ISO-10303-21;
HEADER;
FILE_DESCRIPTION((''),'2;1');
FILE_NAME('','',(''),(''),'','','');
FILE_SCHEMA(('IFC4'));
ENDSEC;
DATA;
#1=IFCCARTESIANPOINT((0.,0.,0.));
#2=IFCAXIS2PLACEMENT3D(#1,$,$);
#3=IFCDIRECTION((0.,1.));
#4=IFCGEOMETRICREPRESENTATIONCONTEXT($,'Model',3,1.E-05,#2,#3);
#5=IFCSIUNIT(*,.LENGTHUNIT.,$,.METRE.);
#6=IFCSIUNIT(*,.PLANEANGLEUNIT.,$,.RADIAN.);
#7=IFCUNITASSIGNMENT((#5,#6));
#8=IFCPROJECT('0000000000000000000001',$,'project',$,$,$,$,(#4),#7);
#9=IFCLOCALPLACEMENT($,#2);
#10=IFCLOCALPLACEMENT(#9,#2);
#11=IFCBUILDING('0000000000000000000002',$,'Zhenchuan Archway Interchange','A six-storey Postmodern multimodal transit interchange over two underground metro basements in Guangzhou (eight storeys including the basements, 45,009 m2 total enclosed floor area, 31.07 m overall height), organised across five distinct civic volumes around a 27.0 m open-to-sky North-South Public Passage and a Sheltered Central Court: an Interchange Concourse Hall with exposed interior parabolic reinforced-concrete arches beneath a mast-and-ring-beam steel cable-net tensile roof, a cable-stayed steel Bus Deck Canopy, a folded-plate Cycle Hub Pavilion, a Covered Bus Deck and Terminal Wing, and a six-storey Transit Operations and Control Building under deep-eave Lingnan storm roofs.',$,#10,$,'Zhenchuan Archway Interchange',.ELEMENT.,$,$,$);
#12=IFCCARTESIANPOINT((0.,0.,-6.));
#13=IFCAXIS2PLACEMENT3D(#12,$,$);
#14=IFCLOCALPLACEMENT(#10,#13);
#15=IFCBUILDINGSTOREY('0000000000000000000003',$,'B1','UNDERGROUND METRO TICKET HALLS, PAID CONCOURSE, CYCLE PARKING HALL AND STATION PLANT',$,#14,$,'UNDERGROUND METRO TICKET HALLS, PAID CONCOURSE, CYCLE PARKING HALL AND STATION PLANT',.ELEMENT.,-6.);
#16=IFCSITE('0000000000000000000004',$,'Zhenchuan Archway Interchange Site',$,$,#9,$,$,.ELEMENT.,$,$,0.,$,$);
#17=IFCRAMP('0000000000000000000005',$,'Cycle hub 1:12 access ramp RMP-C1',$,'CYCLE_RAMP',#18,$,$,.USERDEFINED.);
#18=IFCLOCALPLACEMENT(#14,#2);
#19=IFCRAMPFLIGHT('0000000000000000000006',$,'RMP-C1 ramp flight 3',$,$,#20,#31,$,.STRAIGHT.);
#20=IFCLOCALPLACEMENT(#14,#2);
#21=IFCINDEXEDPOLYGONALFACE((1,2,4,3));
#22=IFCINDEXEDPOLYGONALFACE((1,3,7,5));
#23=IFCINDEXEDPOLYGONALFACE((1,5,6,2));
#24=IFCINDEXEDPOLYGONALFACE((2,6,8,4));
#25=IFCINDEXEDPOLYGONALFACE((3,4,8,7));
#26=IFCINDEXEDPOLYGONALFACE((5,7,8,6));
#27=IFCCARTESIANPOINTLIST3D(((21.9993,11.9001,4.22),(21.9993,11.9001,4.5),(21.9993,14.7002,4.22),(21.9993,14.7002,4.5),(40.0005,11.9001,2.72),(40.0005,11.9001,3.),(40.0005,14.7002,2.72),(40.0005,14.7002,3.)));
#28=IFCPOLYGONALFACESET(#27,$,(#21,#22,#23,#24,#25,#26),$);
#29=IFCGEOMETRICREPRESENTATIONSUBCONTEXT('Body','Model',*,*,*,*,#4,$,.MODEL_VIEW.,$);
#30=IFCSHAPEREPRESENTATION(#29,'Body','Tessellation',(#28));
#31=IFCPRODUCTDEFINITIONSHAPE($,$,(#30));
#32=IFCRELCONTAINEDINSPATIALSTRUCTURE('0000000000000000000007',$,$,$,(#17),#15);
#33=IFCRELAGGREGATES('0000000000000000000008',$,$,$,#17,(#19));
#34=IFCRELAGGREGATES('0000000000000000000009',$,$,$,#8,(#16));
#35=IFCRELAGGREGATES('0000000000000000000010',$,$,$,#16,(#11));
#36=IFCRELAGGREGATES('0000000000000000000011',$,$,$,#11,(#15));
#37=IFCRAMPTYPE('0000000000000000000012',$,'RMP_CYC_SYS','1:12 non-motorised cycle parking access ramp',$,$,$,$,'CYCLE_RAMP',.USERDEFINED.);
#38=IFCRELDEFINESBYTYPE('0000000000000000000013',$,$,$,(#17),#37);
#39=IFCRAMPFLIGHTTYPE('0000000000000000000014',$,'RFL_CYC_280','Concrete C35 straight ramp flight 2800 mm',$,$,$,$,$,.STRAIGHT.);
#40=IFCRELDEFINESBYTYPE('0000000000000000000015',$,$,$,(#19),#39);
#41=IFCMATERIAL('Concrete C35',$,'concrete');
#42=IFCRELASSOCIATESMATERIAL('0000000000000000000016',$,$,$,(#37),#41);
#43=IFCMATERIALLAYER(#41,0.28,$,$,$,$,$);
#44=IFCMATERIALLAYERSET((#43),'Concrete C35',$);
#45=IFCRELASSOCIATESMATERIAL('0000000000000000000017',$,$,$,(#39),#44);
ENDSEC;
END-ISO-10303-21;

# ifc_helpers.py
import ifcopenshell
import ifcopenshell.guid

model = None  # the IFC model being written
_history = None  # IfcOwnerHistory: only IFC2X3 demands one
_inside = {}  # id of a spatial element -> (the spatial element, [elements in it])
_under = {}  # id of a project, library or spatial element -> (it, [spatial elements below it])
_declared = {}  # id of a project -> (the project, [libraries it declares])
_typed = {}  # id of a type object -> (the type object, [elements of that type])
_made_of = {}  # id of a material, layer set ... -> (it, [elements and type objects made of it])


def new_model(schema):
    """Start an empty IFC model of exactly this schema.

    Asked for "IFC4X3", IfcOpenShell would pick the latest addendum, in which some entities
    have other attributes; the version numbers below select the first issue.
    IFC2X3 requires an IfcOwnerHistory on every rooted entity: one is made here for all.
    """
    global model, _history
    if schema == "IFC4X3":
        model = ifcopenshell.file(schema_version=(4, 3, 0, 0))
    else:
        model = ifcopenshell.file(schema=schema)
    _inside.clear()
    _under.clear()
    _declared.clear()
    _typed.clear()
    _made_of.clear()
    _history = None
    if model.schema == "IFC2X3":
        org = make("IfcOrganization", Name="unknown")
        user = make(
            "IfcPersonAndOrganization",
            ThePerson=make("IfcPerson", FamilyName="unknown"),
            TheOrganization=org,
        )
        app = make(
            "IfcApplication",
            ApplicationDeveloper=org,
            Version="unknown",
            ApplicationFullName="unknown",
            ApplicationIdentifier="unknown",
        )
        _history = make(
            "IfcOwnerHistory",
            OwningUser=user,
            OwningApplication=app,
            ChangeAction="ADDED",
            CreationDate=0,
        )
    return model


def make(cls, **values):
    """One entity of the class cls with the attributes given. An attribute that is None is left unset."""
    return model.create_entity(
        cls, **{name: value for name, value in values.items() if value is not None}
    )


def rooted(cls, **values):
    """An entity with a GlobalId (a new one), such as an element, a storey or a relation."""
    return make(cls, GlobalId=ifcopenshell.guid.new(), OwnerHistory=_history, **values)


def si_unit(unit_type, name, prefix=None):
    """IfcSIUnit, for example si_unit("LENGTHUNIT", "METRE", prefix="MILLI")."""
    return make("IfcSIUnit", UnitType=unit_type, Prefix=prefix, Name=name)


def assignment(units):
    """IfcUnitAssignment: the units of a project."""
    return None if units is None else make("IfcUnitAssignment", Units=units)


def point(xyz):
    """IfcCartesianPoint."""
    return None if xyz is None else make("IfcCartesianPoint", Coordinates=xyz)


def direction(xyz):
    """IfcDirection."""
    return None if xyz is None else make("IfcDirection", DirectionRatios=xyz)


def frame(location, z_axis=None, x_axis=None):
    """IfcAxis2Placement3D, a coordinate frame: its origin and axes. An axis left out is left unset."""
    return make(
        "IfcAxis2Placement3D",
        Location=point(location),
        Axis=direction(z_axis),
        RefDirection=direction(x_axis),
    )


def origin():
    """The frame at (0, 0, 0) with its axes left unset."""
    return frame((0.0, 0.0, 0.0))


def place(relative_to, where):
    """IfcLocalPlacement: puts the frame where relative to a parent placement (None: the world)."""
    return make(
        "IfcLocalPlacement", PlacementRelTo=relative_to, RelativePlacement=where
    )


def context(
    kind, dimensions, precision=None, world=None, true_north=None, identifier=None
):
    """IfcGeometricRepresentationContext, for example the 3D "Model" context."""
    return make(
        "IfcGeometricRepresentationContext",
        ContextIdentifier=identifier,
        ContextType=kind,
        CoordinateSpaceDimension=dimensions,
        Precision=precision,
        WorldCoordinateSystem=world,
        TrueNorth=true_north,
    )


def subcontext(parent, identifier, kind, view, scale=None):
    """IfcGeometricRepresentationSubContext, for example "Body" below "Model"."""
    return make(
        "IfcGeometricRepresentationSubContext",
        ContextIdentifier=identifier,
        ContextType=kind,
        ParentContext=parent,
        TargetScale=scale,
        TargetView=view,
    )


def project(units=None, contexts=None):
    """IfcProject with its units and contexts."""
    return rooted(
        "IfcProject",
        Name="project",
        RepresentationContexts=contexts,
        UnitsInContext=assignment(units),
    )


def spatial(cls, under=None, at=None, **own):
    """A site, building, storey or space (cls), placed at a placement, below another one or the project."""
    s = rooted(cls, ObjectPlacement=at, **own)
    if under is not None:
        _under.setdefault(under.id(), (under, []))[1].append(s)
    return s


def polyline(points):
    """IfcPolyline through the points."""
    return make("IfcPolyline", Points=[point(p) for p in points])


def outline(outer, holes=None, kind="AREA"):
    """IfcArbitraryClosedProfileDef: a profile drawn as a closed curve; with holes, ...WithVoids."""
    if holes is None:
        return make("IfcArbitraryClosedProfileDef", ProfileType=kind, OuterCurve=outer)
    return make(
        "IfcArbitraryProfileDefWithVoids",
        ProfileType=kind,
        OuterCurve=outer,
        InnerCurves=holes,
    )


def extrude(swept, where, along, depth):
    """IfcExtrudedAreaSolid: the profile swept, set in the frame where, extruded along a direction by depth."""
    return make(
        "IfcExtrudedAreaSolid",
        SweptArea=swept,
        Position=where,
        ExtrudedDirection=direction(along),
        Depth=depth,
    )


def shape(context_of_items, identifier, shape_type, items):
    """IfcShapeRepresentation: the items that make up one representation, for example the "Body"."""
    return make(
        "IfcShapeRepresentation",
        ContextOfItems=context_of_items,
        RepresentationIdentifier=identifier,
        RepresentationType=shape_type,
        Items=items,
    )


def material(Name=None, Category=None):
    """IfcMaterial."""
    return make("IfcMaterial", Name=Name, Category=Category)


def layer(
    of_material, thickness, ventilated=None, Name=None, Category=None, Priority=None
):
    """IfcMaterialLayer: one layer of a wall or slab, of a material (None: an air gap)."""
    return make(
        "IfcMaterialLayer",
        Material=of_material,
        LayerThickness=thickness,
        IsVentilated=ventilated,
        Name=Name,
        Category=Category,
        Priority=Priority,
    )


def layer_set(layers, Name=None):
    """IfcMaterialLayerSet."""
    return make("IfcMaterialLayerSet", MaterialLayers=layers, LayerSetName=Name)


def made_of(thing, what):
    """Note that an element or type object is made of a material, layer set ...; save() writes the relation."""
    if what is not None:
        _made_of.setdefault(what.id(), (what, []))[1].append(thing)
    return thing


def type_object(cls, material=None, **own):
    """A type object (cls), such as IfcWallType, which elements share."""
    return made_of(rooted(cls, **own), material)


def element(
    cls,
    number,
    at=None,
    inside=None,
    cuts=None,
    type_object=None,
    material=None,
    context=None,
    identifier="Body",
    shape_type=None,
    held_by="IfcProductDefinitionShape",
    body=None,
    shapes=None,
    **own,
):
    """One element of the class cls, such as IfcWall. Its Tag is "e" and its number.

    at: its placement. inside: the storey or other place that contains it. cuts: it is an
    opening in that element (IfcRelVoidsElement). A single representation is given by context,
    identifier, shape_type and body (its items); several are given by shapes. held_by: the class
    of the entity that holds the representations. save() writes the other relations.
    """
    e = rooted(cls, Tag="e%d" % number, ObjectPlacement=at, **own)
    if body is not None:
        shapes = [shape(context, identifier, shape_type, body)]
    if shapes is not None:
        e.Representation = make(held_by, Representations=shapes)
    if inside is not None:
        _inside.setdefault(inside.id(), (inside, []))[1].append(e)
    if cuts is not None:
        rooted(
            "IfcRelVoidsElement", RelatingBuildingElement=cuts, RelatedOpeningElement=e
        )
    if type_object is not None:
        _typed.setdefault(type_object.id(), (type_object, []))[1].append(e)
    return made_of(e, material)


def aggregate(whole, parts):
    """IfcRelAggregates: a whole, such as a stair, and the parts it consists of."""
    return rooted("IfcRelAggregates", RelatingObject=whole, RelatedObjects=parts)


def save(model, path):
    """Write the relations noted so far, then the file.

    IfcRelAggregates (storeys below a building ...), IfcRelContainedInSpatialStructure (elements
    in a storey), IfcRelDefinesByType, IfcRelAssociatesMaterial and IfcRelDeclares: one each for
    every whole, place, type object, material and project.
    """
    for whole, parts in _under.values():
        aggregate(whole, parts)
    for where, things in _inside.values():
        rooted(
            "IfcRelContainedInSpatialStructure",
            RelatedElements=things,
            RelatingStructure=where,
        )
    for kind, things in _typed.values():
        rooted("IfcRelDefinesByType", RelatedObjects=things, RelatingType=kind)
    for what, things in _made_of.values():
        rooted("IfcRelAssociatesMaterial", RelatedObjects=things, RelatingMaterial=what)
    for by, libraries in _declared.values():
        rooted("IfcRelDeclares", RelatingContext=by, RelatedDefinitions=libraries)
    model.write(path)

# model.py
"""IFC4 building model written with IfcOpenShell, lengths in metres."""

from ifc_helpers import new_model, si_unit, direction, frame, origin, place, context, subcontext, project, spatial, polyline, outline, extrude, material, layer, layer_set, type_object, element, aggregate, save


model = new_model("IFC4")

# Units and contexts
model_context = context("Model", 3, precision=1e-05, world=origin(), true_north=direction((0.0, 1.0)))
body_context = subcontext(model_context, "Body", "Model", "MODEL_VIEW")
ifc_project = project(units=[si_unit("LENGTHUNIT", "METRE"), si_unit("PLANEANGLEUNIT", "RADIAN")], contexts=[model_context])

# Site, building, storey
site_placement = place(None, origin())
site = spatial("IfcSite", under=ifc_project, at=site_placement, Name="Zhenchuan Archway Interchange Site", CompositionType="ELEMENT", RefElevation=0.0)
building_placement = place(site_placement, origin())
building = spatial("IfcBuilding", under=site, at=building_placement, Name="Zhenchuan Archway Interchange", Description="A six-storey Postmodern multimodal transit interchange over two underground metro basements in Guangzhou (eight storeys including the basements, 45,009 m2 total enclosed floor area, 31.07 m overall height), organised across five distinct civic volumes around a 27.0 m open-to-sky North-South Public Passage and a Sheltered Central Court: an Interchange Concourse Hall with exposed interior parabolic reinforced-concrete arches beneath a mast-and-ring-beam steel cable-net tensile roof, a cable-stayed steel Bus Deck Canopy, a folded-plate Cycle Hub Pavilion, a Covered Bus Deck and Terminal Wing, and a six-storey Transit Operations and Control Building under deep-eave Lingnan storm roofs.", LongName="Zhenchuan Archway Interchange", CompositionType="ELEMENT")
storey_placement = place(building_placement, frame((0.0, 0.0, -6.0)))
storey = spatial("IfcBuildingStorey", under=building, at=storey_placement, Name="B1", Description="UNDERGROUND METRO TICKET HALLS, PAID CONCOURSE, CYCLE PARKING HALL AND STATION PLANT", LongName="UNDERGROUND METRO TICKET HALLS, PAID CONCOURSE, CYCLE PARKING HALL AND STATION PLANT", CompositionType="ELEMENT", Elevation=-6.0)

# Shared definitions
ifc_material_1 = material(Name="Concrete C35", Category="concrete")

# Ramp, ramp flight
ramp_type = type_object("IfcRampType", Name="RMP_CYC_SYS", Description="1:12 non-motorised cycle parking access ramp", ElementType="CYCLE_RAMP", PredefinedType="USERDEFINED", material=ifc_material_1)
ramp_placement = place(storey_placement, origin())
ramp = element("IfcRamp", 1, at=ramp_placement, inside=storey, type_object=ramp_type, Name="Cycle hub 1:12 access ramp RMP-C1", ObjectType="CYCLE_RAMP", PredefinedType="USERDEFINED")
ifc_layer_1 = layer(ifc_material_1, 0.28)
ifc_layer_set_1 = layer_set([ifc_layer_1], Name="Concrete C35")
ramp_flight_type = type_object("IfcRampFlightType", Name="RFL_CYC_280", Description="Concrete C35 straight ramp flight 2800 mm", PredefinedType="STRAIGHT", material=ifc_layer_set_1)
ramp_flight_placement = place(storey_placement, frame((40.0005, 13.3, 3.0), z_axis=(0.0, 0.0, 1.0), x_axis=(-1.0, 0.0, 0.0)))
ramp_flight = element("IfcRampFlight", 2, at=ramp_flight_placement, type_object=ramp_flight_type, Name="RMP-C1 ramp flight 3", PredefinedType="STRAIGHT", context=body_context, shape_type="SweptSolid", body=[
    extrude(outline(polyline([(0.0, 0.0), (18.0012, 1.5), (18.0012, 1.22), (0.0, -0.28), (0.0, 0.0)])), frame((0.0, 1.3999, 0.0), z_axis=(0.0, -1.0, 0.0), x_axis=(1.0, 0.0, 0.0)), (0.0, 0.0, 1.0), 2.8),
])
aggregate(ramp, [ramp_flight])

save(model, "model.ifc")
